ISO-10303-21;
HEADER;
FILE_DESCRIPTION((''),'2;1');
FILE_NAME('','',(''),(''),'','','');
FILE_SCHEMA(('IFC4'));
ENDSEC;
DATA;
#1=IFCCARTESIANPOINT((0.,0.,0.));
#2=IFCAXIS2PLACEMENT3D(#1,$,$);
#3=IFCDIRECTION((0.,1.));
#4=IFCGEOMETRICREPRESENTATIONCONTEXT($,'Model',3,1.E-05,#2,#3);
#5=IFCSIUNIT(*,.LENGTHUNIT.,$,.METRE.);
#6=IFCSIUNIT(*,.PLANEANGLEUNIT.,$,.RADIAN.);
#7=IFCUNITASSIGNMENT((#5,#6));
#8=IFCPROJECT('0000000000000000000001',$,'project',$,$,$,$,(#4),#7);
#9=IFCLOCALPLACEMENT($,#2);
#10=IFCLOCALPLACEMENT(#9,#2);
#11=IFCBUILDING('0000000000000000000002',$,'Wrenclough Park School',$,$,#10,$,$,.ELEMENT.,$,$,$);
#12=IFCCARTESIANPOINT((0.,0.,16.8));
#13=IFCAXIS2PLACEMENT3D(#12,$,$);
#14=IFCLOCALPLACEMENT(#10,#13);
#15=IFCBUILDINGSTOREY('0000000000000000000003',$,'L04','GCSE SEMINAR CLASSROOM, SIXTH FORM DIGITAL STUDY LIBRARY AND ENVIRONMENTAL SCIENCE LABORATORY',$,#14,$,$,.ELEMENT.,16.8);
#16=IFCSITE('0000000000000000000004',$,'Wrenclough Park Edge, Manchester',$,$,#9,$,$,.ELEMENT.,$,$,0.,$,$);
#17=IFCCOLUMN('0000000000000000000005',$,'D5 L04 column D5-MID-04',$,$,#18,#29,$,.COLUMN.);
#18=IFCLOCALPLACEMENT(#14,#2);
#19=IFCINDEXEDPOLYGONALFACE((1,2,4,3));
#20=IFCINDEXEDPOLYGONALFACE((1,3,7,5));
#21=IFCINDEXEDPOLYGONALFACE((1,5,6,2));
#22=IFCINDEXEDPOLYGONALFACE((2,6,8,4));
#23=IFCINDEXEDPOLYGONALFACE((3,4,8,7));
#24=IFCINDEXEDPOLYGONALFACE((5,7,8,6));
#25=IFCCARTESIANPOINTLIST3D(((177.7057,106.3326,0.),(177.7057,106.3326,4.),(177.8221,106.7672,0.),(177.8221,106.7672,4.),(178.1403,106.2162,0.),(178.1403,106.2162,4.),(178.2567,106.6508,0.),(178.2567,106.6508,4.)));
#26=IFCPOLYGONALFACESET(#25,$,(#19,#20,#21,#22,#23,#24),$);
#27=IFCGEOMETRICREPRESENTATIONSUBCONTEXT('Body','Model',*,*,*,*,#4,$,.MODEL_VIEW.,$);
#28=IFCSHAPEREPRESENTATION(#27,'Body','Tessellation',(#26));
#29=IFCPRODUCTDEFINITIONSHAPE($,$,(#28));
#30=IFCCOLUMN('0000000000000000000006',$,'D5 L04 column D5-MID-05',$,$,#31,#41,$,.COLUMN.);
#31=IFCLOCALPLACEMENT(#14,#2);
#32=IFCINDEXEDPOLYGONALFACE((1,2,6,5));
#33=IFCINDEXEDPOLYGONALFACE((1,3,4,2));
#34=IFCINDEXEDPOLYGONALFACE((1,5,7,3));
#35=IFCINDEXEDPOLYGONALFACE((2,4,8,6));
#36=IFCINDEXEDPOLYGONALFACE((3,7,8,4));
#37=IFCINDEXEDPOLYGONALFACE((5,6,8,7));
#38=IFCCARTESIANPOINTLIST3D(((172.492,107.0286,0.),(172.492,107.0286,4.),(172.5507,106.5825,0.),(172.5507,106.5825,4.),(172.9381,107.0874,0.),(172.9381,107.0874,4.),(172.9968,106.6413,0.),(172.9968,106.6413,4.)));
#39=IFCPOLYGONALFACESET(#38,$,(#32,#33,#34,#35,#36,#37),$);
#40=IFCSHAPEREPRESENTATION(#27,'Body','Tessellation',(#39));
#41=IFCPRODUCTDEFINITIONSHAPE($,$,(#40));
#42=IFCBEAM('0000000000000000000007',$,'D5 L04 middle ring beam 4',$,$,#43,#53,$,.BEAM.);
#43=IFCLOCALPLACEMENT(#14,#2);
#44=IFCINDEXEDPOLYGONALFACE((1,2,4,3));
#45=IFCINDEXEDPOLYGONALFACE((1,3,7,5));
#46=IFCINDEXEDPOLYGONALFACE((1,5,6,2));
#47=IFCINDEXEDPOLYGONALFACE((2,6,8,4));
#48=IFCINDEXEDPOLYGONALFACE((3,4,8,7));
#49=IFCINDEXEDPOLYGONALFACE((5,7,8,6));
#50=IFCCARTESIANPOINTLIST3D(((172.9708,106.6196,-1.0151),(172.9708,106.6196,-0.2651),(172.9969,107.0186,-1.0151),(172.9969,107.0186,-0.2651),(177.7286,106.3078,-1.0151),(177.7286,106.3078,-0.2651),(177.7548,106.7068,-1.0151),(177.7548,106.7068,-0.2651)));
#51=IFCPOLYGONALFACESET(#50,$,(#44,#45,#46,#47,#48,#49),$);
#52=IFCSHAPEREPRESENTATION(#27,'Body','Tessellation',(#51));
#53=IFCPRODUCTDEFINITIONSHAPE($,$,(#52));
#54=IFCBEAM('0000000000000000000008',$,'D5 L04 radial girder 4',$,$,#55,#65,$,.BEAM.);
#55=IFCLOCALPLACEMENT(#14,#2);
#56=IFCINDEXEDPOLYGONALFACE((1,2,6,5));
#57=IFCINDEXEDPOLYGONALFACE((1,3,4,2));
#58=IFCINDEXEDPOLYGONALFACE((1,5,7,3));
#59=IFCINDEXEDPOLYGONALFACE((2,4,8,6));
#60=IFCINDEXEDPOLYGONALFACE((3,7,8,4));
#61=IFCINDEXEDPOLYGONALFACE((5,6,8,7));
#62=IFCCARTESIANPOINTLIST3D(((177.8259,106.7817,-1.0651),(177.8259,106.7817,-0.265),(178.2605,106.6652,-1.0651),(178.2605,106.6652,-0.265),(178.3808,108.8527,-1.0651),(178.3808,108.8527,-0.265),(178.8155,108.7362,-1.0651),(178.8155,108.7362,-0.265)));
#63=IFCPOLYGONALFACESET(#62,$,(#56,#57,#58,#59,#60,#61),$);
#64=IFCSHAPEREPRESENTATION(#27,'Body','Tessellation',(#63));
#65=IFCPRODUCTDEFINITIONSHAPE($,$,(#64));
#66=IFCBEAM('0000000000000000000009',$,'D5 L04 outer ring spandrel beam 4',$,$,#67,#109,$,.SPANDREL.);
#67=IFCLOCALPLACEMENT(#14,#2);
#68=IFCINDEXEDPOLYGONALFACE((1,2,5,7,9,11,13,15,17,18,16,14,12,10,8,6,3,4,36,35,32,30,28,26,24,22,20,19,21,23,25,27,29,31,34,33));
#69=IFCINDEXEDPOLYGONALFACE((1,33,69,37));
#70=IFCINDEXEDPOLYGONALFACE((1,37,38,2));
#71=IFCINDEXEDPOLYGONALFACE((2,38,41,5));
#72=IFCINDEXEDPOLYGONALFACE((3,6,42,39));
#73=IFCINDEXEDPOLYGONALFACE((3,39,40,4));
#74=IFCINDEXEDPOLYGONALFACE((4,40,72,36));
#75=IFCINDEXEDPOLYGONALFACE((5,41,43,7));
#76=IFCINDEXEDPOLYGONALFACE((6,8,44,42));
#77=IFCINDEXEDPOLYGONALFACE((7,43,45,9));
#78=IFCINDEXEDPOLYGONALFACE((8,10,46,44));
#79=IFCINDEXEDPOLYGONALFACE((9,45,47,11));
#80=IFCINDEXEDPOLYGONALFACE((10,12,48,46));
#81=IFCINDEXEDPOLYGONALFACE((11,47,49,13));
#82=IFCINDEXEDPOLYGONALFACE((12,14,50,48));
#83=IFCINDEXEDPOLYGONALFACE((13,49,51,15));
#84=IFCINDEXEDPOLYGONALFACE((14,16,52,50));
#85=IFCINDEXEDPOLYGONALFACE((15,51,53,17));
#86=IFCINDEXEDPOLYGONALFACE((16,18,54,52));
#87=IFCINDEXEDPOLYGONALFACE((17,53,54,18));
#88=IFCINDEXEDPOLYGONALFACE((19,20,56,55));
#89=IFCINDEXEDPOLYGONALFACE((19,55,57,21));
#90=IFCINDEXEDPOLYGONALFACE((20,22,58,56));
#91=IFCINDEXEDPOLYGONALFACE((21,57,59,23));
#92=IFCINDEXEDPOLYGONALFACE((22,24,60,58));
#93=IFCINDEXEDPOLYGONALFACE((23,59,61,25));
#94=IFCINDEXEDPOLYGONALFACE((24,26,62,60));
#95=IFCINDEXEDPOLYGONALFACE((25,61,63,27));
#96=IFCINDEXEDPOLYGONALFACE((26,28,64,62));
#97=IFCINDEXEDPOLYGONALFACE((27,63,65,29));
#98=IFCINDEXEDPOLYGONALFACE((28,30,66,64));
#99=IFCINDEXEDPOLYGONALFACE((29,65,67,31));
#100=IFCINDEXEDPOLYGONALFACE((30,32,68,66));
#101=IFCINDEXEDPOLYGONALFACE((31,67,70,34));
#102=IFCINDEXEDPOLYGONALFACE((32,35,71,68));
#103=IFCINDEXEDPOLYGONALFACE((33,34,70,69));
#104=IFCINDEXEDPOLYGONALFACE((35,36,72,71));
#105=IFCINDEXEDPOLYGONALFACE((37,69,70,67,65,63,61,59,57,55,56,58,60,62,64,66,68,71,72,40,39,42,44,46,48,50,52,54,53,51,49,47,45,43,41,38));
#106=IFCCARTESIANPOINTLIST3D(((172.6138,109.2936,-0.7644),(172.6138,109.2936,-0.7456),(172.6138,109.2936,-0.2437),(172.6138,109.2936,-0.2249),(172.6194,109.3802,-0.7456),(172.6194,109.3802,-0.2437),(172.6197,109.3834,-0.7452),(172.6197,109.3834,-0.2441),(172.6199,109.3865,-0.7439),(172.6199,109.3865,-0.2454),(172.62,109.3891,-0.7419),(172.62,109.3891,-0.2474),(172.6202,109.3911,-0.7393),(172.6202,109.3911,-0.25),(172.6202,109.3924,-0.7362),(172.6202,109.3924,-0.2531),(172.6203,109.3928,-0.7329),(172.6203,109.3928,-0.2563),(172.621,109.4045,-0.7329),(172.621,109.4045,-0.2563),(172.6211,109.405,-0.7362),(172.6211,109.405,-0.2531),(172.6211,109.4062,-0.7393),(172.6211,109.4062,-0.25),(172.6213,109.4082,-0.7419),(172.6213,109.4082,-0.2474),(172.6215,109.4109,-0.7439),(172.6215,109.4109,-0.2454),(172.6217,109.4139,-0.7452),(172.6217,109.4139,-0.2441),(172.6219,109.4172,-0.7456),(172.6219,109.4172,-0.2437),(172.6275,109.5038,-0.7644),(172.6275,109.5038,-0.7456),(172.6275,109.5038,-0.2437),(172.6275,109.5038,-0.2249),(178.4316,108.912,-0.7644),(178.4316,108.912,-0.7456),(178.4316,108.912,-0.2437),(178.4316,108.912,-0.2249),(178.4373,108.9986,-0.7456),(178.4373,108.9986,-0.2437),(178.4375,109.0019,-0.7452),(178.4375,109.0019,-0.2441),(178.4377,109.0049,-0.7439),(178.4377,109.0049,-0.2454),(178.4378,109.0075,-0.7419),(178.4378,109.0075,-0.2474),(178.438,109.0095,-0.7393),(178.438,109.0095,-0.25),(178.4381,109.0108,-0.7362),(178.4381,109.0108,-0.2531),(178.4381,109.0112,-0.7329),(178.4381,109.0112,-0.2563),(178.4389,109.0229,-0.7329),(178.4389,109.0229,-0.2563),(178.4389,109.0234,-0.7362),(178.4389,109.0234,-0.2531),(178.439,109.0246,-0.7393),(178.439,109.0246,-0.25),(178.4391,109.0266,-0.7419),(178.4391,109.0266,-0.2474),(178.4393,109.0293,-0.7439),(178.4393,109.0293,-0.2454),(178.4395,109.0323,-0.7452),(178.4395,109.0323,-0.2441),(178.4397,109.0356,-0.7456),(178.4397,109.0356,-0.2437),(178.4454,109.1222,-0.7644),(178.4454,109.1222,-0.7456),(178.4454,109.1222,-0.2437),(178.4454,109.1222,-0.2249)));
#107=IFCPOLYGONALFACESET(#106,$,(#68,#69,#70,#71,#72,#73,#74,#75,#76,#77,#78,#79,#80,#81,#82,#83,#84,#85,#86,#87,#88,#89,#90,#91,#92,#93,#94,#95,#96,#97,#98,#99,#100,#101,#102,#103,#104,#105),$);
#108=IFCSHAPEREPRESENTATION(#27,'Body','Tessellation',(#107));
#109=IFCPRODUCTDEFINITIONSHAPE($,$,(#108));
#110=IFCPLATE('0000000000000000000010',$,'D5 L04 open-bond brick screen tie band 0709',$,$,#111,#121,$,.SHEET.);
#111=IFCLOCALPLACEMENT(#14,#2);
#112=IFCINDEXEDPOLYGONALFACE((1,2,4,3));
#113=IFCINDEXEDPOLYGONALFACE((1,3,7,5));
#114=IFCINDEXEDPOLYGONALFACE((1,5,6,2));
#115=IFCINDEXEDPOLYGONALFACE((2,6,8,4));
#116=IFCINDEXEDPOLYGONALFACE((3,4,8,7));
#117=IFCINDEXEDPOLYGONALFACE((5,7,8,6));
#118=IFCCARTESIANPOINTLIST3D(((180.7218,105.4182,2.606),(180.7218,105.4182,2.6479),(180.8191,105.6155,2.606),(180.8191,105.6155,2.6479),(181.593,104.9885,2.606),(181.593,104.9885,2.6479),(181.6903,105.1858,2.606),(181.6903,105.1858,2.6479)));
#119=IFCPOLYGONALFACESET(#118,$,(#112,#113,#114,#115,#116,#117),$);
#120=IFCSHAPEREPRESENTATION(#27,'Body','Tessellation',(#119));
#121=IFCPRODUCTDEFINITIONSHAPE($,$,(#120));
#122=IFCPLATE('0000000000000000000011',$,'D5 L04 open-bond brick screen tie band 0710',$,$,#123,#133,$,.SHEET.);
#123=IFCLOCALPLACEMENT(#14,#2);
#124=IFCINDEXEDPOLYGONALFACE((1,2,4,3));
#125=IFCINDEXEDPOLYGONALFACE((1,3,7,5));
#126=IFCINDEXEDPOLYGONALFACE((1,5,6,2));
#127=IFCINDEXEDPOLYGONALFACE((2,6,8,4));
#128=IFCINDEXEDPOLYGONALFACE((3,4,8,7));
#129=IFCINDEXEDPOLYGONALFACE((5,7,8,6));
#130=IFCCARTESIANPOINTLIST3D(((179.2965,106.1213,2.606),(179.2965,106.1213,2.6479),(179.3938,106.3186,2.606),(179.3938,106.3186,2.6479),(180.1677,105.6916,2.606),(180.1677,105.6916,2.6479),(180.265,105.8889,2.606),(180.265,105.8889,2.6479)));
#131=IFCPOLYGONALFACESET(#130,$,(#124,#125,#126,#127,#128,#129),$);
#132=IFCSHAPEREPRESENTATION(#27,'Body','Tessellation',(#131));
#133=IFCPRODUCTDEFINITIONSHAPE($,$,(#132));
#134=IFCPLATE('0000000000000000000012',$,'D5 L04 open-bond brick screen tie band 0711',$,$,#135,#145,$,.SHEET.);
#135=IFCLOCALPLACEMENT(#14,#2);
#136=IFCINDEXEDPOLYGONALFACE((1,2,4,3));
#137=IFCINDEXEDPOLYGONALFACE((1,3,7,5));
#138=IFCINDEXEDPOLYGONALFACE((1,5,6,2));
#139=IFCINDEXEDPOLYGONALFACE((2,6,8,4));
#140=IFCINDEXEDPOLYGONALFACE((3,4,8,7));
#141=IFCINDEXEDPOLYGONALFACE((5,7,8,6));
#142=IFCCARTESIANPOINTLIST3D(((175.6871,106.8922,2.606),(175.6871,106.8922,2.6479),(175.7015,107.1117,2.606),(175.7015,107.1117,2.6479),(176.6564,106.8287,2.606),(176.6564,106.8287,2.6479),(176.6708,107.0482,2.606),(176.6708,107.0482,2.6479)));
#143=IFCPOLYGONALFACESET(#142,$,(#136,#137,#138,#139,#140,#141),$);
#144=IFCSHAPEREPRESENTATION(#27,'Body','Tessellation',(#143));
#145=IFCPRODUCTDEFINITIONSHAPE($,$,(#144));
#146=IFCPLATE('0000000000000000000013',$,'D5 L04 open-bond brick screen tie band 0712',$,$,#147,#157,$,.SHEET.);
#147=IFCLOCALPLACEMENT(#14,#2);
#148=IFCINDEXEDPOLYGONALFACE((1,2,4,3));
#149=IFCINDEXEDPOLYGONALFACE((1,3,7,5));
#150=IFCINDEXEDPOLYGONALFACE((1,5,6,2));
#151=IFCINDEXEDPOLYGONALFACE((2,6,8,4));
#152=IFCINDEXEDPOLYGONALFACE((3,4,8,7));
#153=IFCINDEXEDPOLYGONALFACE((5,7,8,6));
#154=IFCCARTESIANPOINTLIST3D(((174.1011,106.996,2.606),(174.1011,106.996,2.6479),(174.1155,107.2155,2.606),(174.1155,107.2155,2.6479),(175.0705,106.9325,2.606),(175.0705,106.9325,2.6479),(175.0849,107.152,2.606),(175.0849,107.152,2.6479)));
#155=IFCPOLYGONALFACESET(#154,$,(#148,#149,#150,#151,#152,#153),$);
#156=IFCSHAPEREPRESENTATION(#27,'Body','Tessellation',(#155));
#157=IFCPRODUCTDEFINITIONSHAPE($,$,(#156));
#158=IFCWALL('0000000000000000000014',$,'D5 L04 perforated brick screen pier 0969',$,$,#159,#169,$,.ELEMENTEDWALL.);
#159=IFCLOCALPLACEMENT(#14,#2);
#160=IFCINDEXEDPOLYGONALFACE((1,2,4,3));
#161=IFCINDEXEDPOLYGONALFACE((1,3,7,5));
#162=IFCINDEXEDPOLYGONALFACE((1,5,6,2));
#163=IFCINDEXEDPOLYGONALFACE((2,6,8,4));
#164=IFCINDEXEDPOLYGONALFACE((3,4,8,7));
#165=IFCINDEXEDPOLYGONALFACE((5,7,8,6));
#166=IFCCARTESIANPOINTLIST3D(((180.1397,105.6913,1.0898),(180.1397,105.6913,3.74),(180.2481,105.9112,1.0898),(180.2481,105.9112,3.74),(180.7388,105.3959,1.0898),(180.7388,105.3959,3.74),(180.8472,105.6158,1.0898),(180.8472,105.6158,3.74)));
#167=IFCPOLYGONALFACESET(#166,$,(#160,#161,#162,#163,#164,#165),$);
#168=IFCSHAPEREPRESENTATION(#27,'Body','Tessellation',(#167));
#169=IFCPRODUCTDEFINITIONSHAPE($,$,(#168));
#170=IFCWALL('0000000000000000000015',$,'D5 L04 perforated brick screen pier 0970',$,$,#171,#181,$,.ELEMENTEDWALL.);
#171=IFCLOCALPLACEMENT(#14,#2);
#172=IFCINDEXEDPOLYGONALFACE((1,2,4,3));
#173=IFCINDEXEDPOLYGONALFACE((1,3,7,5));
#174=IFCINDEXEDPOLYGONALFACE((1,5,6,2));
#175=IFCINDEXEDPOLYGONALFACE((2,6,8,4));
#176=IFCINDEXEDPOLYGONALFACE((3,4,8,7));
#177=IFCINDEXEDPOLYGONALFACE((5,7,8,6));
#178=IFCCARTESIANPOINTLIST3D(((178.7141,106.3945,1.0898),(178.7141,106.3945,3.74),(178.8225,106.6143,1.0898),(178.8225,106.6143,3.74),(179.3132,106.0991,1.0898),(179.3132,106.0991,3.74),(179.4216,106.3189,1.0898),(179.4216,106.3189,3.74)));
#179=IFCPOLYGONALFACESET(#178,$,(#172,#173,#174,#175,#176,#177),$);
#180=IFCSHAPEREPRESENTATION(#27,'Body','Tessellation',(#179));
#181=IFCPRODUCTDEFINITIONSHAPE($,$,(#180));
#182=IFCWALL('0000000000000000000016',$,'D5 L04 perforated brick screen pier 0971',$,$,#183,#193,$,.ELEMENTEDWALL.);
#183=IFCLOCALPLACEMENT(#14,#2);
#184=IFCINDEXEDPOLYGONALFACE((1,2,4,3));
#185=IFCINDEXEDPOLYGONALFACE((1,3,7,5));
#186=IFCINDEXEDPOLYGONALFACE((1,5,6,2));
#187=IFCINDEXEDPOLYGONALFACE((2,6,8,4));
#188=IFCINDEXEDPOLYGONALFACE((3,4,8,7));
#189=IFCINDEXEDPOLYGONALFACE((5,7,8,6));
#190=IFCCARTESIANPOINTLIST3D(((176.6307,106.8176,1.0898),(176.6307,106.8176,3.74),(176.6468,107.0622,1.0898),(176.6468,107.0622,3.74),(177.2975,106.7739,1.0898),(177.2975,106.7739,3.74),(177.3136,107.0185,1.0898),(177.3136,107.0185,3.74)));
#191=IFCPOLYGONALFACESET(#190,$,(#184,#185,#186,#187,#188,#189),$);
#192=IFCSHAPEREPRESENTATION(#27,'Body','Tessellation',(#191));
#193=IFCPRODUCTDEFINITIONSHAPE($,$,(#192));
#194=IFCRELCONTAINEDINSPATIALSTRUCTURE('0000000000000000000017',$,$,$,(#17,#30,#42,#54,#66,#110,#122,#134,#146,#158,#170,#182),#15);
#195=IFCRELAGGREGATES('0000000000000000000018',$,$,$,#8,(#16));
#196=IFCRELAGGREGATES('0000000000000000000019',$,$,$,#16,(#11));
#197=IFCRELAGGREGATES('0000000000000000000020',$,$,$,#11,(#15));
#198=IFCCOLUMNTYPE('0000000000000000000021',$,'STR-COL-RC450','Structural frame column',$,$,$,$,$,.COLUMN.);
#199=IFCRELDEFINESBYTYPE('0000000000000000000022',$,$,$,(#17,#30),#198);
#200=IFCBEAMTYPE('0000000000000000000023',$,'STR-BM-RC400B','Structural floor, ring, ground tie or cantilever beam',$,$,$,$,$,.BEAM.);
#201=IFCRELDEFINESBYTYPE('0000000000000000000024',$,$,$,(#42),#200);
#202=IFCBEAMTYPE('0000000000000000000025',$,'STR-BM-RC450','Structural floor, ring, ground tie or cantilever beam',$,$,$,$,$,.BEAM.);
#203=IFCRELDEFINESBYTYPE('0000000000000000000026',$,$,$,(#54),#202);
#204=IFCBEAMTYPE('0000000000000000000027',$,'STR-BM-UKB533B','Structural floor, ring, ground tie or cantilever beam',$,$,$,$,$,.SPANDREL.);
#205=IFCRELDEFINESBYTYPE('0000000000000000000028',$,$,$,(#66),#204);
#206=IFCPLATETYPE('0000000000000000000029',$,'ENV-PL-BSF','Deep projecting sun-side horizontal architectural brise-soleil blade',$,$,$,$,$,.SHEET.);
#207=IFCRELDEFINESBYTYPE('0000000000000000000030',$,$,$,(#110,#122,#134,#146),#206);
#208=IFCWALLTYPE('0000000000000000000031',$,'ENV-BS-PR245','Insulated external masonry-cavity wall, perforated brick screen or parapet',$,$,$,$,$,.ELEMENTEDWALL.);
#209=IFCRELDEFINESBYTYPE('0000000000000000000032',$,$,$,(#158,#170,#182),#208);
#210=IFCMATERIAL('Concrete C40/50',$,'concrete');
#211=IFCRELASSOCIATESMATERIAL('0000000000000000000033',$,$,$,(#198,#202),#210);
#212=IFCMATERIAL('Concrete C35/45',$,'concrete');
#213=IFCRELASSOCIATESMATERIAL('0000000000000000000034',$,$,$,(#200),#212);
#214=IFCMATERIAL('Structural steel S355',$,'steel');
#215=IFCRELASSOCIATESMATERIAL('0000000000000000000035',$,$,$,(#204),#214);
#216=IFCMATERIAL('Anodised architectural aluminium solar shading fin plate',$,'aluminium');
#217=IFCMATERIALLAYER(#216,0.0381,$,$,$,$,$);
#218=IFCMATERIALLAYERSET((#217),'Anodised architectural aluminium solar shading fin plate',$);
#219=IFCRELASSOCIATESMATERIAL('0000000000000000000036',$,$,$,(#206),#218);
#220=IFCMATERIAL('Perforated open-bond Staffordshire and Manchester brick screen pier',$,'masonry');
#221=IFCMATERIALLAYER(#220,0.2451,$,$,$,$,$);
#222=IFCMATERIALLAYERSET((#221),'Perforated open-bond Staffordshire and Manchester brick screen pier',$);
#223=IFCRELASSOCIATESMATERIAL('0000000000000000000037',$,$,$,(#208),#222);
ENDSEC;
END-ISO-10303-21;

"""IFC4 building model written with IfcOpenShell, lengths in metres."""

from ifc_helpers import new_model, si_unit, direction, frame, frame_2d, origin, origin_2d, place, context, subcontext, project, spatial, rectangle, i_section, extrude, material, layer, layer_set, material_profile, profile_set, type_object, element, save


model = new_model("IFC4")

# Units and contexts
model_context = context("Model", 3, precision=1e-05, world=origin(), true_north=direction((0.0, 1.0)))
body_context = subcontext(model_context, "Body", "Model", "MODEL_VIEW")
ifc_project = project(units=[si_unit("LENGTHUNIT", "METRE"), si_unit("PLANEANGLEUNIT", "RADIAN")], contexts=[model_context])

# Site, building, storey
site_placement = place(None, origin())
site = spatial("IfcSite", under=ifc_project, at=site_placement, Name="Wrenclough Park Edge, Manchester", CompositionType="ELEMENT", RefElevation=0.0)
building_placement = place(site_placement, origin())
building = spatial("IfcBuilding", under=site, at=building_placement, Name="Wrenclough Park School", CompositionType="ELEMENT")
storey_placement = place(building_placement, frame((0.0, 0.0, 16.8)))
storey = spatial("IfcBuildingStorey", under=building, at=storey_placement, Name="L04", Description="GCSE SEMINAR CLASSROOM, SIXTH FORM DIGITAL STUDY LIBRARY AND ENVIRONMENTAL SCIENCE LABORATORY", CompositionType="ELEMENT", Elevation=16.8)

# Columns
ifc_material_1 = material(Name="Concrete C40/50", Category="concrete")
ifc_material_profile_1 = material_profile(ifc_material_1, rectangle(XDim=0.45, YDim=0.45, at=origin_2d()), Name="RC COL 450x450")
ifc_profile_set_1 = profile_set([ifc_material_profile_1], Name="Concrete C40/50")
column_type = type_object("IfcColumnType", Name="STR-COL-RC450", Description="Structural frame column", PredefinedType="COLUMN", material=ifc_profile_set_1)
for number, where, z_axis, x_axis, name in (
    (1, (177.9812, 106.4917, 0.0), (0.0, 0.0, 1.0), (-0.965926, 0.258819, 0.0), "D5 L04 column D5-MID-04"),
    (2, (172.7444, 106.835, 0.0), (0.0, 0.0, 1.0), (-0.991445, -0.130526, 0.0), "D5 L04 column D5-MID-05"),
):
    element("IfcColumn", number, at=place(storey_placement, frame(where, z_axis=z_axis, x_axis=x_axis)), inside=storey, type_object=column_type, Name=name, PredefinedType="COLUMN", context=body_context, shape_type="SweptSolid", body=[
        extrude(rectangle(XDim=0.45, YDim=0.45, at=origin_2d()), origin(), (0.0, 0.0, 1.0), 4.0),
    ])

# Beams
ifc_material_2 = material(Name="Concrete C35/45", Category="concrete")
ifc_material_profile_2 = material_profile(ifc_material_2, rectangle(XDim=0.3999, YDim=0.75, at=origin_2d()), Name="RC BEAM 400x750")
ifc_profile_set_2 = profile_set([ifc_material_profile_2], Name="Concrete C35/45")
beam_type_1 = type_object("IfcBeamType", Name="STR-BM-RC400B", Description="Structural floor, ring, ground tie or cantilever beam", PredefinedType="BEAM", material=ifc_profile_set_2)
beam_1_placement = place(storey_placement, frame((177.7417, 106.5073, -0.6401), z_axis=(-0.99786, 0.065387, 0.0), x_axis=(-0.065387, -0.99786, 0.0)))
element("IfcBeam", 3, at=beam_1_placement, inside=storey, type_object=beam_type_1, Name="D5 L04 middle ring beam 4", PredefinedType="BEAM", context=body_context, shape_type="SweptSolid", body=[
    extrude(rectangle(XDim=0.3999, YDim=0.75, at=origin_2d()), origin(), (0.0, 0.0, 1.0), 4.7681),
])
ifc_material_profile_3 = material_profile(ifc_material_1, rectangle(XDim=0.45, YDim=0.8, at=origin_2d()), Name="RC BEAM 450x800")
ifc_profile_set_3 = profile_set([ifc_material_profile_3], Name="Concrete C40/50")
beam_type_2 = type_object("IfcBeamType", Name="STR-BM-RC450", Description="Structural floor, ring, ground tie or cantilever beam", PredefinedType="BEAM", material=ifc_profile_set_3)
beam_2_placement = place(storey_placement, frame((178.5981, 108.7944, -0.665), z_axis=(-0.258818, -0.965926, 0.0), x_axis=(0.965926, -0.258818, 0.0)))
element("IfcBeam", 4, at=beam_2_placement, inside=storey, type_object=beam_type_2, Name="D5 L04 radial girder 4", PredefinedType="BEAM", context=body_context, shape_type="SweptSolid", body=[
    extrude(rectangle(XDim=0.45, YDim=0.8, at=origin_2d()), origin(), (0.0, 0.0, 1.0), 2.144),
])
ifc_material_3 = material(Name="Structural steel S355", Category="steel")
ifc_material_profile_4 = material_profile(ifc_material_3, i_section(OverallWidth=0.2107, OverallDepth=0.5396, WebThickness=0.0117, FlangeThickness=0.0188, FilletRadius=0.0127, at=origin_2d()), Name="UKB 533x210x109")
ifc_profile_set_4 = profile_set([ifc_material_profile_4], Name="Structural steel S355")
beam_type_3 = type_object("IfcBeamType", Name="STR-BM-UKB533B", Description="Structural floor, ring, ground tie or cantilever beam", PredefinedType="SPANDREL", material=ifc_profile_set_4)
beam_3_placement = place(storey_placement, frame((178.4385, 109.0171, -0.4946), z_axis=(-0.997856, 0.065449, 0.0), x_axis=(-0.065449, -0.997856, 0.0)))
element("IfcBeam", 5, at=beam_3_placement, inside=storey, type_object=beam_type_3, Name="D5 L04 outer ring spandrel beam 4", PredefinedType="SPANDREL", context=body_context, shape_type="SweptSolid", body=[
    extrude(i_section(OverallWidth=0.2107, OverallDepth=0.5396, WebThickness=0.0117, FlangeThickness=0.0188, FilletRadius=0.0127, at=origin_2d()), origin(), (0.0, 0.0, 1.0), 5.8303),
])

# Plates
ifc_material_4 = material(Name="Anodised architectural aluminium solar shading fin plate", Category="aluminium")
ifc_layer_1 = layer(ifc_material_4, 0.0381)
ifc_layer_set_1 = layer_set([ifc_layer_1], Name="Anodised architectural aluminium solar shading fin plate")
plate_type = type_object("IfcPlateType", Name="ENV-PL-BSF", Description="Deep projecting sun-side horizontal architectural brise-soleil blade", PredefinedType="SHEET", material=ifc_layer_set_1)
for number, where, z_axis, x_axis, name in (
    (6, (181.2061, 105.302, 2.606), (0.0, 0.0, 1.0), (-0.896859, 0.442316, 0.0), "D5 L04 open-bond brick screen tie band 0709"),
    (7, (179.7808, 106.0051, 2.606), (0.0, 0.0, 1.0), (-0.896859, 0.442316, 0.0), "D5 L04 open-bond brick screen tie band 0710"),
    (8, (176.179, 106.9702, 2.606), (0.0, 0.0, 1.0), (-0.99786, 0.065391, 0.0), "D5 L04 open-bond brick screen tie band 0711"),
    (9, (174.593, 107.074, 2.606), (0.0, 0.0, 1.0), (-0.99786, 0.065391, 0.0), "D5 L04 open-bond brick screen tie band 0712"),
):
    element("IfcPlate", number, at=place(storey_placement, frame(where, z_axis=z_axis, x_axis=x_axis)), inside=storey, type_object=plate_type, Name=name, PredefinedType="SHEET", context=body_context, shape_type="SweptSolid", body=[
        extrude(rectangle(XDim=0.9714, YDim=0.22, at=origin_2d()), origin(), (0.0, 0.0, 1.0), 0.042),
    ])

# Walls
ifc_material_5 = material(Name="Perforated open-bond Staffordshire and Manchester brick screen pier", Category="masonry")
ifc_layer_2 = layer(ifc_material_5, 0.2451)
ifc_layer_set_2 = layer_set([ifc_layer_2], Name="Perforated open-bond Staffordshire and Manchester brick screen pier")
wall_type_1 = type_object("IfcWallType", Name="ENV-BS-PR245", Description="Insulated external masonry-cavity wall, perforated brick screen or parapet", PredefinedType="ELEMENTEDWALL", material=ifc_layer_set_2)
for number, where, z_axis, x_axis, name in (
    (10, (180.793, 105.5059, 1.0898), (0.0, 0.0, 1.0), (-0.896899, 0.442236, 0.0), "D5 L04 perforated brick screen pier 0969"),
    (11, (179.3674, 106.209, 1.0898), (0.0, 0.0, 1.0), (-0.896899, 0.442236, 0.0), "D5 L04 perforated brick screen pier 0970"),
):
    element("IfcWall", number, at=place(storey_placement, frame(where, z_axis=z_axis, x_axis=x_axis)), inside=storey, type_object=wall_type_1, Name=name, PredefinedType="ELEMENTEDWALL", context=body_context, shape_type="SweptSolid", body=[
        extrude(rectangle(XDim=0.668, YDim=0.2451, at=frame_2d((0.334, 0.0))), origin(), (0.0, 0.0, 1.0), 2.6501),
    ])
wall_1_placement = place(storey_placement, frame((177.3054, 106.8962, 1.0898), z_axis=(0.0, 0.0, 1.0), x_axis=(-0.997859, 0.065403, 0.0)))
element("IfcWall", 12, at=wall_1_placement, inside=storey, type_object=wall_type_1, Name="D5 L04 perforated brick screen pier 0971", PredefinedType="ELEMENTEDWALL", context=body_context, shape_type="SweptSolid", body=[
    extrude(rectangle(XDim=0.6682, YDim=0.2451, at=frame_2d((0.334, 0.0))), origin(), (0.0, 0.0, 1.0), 2.6501),
])

save(model, "model.ifc")
